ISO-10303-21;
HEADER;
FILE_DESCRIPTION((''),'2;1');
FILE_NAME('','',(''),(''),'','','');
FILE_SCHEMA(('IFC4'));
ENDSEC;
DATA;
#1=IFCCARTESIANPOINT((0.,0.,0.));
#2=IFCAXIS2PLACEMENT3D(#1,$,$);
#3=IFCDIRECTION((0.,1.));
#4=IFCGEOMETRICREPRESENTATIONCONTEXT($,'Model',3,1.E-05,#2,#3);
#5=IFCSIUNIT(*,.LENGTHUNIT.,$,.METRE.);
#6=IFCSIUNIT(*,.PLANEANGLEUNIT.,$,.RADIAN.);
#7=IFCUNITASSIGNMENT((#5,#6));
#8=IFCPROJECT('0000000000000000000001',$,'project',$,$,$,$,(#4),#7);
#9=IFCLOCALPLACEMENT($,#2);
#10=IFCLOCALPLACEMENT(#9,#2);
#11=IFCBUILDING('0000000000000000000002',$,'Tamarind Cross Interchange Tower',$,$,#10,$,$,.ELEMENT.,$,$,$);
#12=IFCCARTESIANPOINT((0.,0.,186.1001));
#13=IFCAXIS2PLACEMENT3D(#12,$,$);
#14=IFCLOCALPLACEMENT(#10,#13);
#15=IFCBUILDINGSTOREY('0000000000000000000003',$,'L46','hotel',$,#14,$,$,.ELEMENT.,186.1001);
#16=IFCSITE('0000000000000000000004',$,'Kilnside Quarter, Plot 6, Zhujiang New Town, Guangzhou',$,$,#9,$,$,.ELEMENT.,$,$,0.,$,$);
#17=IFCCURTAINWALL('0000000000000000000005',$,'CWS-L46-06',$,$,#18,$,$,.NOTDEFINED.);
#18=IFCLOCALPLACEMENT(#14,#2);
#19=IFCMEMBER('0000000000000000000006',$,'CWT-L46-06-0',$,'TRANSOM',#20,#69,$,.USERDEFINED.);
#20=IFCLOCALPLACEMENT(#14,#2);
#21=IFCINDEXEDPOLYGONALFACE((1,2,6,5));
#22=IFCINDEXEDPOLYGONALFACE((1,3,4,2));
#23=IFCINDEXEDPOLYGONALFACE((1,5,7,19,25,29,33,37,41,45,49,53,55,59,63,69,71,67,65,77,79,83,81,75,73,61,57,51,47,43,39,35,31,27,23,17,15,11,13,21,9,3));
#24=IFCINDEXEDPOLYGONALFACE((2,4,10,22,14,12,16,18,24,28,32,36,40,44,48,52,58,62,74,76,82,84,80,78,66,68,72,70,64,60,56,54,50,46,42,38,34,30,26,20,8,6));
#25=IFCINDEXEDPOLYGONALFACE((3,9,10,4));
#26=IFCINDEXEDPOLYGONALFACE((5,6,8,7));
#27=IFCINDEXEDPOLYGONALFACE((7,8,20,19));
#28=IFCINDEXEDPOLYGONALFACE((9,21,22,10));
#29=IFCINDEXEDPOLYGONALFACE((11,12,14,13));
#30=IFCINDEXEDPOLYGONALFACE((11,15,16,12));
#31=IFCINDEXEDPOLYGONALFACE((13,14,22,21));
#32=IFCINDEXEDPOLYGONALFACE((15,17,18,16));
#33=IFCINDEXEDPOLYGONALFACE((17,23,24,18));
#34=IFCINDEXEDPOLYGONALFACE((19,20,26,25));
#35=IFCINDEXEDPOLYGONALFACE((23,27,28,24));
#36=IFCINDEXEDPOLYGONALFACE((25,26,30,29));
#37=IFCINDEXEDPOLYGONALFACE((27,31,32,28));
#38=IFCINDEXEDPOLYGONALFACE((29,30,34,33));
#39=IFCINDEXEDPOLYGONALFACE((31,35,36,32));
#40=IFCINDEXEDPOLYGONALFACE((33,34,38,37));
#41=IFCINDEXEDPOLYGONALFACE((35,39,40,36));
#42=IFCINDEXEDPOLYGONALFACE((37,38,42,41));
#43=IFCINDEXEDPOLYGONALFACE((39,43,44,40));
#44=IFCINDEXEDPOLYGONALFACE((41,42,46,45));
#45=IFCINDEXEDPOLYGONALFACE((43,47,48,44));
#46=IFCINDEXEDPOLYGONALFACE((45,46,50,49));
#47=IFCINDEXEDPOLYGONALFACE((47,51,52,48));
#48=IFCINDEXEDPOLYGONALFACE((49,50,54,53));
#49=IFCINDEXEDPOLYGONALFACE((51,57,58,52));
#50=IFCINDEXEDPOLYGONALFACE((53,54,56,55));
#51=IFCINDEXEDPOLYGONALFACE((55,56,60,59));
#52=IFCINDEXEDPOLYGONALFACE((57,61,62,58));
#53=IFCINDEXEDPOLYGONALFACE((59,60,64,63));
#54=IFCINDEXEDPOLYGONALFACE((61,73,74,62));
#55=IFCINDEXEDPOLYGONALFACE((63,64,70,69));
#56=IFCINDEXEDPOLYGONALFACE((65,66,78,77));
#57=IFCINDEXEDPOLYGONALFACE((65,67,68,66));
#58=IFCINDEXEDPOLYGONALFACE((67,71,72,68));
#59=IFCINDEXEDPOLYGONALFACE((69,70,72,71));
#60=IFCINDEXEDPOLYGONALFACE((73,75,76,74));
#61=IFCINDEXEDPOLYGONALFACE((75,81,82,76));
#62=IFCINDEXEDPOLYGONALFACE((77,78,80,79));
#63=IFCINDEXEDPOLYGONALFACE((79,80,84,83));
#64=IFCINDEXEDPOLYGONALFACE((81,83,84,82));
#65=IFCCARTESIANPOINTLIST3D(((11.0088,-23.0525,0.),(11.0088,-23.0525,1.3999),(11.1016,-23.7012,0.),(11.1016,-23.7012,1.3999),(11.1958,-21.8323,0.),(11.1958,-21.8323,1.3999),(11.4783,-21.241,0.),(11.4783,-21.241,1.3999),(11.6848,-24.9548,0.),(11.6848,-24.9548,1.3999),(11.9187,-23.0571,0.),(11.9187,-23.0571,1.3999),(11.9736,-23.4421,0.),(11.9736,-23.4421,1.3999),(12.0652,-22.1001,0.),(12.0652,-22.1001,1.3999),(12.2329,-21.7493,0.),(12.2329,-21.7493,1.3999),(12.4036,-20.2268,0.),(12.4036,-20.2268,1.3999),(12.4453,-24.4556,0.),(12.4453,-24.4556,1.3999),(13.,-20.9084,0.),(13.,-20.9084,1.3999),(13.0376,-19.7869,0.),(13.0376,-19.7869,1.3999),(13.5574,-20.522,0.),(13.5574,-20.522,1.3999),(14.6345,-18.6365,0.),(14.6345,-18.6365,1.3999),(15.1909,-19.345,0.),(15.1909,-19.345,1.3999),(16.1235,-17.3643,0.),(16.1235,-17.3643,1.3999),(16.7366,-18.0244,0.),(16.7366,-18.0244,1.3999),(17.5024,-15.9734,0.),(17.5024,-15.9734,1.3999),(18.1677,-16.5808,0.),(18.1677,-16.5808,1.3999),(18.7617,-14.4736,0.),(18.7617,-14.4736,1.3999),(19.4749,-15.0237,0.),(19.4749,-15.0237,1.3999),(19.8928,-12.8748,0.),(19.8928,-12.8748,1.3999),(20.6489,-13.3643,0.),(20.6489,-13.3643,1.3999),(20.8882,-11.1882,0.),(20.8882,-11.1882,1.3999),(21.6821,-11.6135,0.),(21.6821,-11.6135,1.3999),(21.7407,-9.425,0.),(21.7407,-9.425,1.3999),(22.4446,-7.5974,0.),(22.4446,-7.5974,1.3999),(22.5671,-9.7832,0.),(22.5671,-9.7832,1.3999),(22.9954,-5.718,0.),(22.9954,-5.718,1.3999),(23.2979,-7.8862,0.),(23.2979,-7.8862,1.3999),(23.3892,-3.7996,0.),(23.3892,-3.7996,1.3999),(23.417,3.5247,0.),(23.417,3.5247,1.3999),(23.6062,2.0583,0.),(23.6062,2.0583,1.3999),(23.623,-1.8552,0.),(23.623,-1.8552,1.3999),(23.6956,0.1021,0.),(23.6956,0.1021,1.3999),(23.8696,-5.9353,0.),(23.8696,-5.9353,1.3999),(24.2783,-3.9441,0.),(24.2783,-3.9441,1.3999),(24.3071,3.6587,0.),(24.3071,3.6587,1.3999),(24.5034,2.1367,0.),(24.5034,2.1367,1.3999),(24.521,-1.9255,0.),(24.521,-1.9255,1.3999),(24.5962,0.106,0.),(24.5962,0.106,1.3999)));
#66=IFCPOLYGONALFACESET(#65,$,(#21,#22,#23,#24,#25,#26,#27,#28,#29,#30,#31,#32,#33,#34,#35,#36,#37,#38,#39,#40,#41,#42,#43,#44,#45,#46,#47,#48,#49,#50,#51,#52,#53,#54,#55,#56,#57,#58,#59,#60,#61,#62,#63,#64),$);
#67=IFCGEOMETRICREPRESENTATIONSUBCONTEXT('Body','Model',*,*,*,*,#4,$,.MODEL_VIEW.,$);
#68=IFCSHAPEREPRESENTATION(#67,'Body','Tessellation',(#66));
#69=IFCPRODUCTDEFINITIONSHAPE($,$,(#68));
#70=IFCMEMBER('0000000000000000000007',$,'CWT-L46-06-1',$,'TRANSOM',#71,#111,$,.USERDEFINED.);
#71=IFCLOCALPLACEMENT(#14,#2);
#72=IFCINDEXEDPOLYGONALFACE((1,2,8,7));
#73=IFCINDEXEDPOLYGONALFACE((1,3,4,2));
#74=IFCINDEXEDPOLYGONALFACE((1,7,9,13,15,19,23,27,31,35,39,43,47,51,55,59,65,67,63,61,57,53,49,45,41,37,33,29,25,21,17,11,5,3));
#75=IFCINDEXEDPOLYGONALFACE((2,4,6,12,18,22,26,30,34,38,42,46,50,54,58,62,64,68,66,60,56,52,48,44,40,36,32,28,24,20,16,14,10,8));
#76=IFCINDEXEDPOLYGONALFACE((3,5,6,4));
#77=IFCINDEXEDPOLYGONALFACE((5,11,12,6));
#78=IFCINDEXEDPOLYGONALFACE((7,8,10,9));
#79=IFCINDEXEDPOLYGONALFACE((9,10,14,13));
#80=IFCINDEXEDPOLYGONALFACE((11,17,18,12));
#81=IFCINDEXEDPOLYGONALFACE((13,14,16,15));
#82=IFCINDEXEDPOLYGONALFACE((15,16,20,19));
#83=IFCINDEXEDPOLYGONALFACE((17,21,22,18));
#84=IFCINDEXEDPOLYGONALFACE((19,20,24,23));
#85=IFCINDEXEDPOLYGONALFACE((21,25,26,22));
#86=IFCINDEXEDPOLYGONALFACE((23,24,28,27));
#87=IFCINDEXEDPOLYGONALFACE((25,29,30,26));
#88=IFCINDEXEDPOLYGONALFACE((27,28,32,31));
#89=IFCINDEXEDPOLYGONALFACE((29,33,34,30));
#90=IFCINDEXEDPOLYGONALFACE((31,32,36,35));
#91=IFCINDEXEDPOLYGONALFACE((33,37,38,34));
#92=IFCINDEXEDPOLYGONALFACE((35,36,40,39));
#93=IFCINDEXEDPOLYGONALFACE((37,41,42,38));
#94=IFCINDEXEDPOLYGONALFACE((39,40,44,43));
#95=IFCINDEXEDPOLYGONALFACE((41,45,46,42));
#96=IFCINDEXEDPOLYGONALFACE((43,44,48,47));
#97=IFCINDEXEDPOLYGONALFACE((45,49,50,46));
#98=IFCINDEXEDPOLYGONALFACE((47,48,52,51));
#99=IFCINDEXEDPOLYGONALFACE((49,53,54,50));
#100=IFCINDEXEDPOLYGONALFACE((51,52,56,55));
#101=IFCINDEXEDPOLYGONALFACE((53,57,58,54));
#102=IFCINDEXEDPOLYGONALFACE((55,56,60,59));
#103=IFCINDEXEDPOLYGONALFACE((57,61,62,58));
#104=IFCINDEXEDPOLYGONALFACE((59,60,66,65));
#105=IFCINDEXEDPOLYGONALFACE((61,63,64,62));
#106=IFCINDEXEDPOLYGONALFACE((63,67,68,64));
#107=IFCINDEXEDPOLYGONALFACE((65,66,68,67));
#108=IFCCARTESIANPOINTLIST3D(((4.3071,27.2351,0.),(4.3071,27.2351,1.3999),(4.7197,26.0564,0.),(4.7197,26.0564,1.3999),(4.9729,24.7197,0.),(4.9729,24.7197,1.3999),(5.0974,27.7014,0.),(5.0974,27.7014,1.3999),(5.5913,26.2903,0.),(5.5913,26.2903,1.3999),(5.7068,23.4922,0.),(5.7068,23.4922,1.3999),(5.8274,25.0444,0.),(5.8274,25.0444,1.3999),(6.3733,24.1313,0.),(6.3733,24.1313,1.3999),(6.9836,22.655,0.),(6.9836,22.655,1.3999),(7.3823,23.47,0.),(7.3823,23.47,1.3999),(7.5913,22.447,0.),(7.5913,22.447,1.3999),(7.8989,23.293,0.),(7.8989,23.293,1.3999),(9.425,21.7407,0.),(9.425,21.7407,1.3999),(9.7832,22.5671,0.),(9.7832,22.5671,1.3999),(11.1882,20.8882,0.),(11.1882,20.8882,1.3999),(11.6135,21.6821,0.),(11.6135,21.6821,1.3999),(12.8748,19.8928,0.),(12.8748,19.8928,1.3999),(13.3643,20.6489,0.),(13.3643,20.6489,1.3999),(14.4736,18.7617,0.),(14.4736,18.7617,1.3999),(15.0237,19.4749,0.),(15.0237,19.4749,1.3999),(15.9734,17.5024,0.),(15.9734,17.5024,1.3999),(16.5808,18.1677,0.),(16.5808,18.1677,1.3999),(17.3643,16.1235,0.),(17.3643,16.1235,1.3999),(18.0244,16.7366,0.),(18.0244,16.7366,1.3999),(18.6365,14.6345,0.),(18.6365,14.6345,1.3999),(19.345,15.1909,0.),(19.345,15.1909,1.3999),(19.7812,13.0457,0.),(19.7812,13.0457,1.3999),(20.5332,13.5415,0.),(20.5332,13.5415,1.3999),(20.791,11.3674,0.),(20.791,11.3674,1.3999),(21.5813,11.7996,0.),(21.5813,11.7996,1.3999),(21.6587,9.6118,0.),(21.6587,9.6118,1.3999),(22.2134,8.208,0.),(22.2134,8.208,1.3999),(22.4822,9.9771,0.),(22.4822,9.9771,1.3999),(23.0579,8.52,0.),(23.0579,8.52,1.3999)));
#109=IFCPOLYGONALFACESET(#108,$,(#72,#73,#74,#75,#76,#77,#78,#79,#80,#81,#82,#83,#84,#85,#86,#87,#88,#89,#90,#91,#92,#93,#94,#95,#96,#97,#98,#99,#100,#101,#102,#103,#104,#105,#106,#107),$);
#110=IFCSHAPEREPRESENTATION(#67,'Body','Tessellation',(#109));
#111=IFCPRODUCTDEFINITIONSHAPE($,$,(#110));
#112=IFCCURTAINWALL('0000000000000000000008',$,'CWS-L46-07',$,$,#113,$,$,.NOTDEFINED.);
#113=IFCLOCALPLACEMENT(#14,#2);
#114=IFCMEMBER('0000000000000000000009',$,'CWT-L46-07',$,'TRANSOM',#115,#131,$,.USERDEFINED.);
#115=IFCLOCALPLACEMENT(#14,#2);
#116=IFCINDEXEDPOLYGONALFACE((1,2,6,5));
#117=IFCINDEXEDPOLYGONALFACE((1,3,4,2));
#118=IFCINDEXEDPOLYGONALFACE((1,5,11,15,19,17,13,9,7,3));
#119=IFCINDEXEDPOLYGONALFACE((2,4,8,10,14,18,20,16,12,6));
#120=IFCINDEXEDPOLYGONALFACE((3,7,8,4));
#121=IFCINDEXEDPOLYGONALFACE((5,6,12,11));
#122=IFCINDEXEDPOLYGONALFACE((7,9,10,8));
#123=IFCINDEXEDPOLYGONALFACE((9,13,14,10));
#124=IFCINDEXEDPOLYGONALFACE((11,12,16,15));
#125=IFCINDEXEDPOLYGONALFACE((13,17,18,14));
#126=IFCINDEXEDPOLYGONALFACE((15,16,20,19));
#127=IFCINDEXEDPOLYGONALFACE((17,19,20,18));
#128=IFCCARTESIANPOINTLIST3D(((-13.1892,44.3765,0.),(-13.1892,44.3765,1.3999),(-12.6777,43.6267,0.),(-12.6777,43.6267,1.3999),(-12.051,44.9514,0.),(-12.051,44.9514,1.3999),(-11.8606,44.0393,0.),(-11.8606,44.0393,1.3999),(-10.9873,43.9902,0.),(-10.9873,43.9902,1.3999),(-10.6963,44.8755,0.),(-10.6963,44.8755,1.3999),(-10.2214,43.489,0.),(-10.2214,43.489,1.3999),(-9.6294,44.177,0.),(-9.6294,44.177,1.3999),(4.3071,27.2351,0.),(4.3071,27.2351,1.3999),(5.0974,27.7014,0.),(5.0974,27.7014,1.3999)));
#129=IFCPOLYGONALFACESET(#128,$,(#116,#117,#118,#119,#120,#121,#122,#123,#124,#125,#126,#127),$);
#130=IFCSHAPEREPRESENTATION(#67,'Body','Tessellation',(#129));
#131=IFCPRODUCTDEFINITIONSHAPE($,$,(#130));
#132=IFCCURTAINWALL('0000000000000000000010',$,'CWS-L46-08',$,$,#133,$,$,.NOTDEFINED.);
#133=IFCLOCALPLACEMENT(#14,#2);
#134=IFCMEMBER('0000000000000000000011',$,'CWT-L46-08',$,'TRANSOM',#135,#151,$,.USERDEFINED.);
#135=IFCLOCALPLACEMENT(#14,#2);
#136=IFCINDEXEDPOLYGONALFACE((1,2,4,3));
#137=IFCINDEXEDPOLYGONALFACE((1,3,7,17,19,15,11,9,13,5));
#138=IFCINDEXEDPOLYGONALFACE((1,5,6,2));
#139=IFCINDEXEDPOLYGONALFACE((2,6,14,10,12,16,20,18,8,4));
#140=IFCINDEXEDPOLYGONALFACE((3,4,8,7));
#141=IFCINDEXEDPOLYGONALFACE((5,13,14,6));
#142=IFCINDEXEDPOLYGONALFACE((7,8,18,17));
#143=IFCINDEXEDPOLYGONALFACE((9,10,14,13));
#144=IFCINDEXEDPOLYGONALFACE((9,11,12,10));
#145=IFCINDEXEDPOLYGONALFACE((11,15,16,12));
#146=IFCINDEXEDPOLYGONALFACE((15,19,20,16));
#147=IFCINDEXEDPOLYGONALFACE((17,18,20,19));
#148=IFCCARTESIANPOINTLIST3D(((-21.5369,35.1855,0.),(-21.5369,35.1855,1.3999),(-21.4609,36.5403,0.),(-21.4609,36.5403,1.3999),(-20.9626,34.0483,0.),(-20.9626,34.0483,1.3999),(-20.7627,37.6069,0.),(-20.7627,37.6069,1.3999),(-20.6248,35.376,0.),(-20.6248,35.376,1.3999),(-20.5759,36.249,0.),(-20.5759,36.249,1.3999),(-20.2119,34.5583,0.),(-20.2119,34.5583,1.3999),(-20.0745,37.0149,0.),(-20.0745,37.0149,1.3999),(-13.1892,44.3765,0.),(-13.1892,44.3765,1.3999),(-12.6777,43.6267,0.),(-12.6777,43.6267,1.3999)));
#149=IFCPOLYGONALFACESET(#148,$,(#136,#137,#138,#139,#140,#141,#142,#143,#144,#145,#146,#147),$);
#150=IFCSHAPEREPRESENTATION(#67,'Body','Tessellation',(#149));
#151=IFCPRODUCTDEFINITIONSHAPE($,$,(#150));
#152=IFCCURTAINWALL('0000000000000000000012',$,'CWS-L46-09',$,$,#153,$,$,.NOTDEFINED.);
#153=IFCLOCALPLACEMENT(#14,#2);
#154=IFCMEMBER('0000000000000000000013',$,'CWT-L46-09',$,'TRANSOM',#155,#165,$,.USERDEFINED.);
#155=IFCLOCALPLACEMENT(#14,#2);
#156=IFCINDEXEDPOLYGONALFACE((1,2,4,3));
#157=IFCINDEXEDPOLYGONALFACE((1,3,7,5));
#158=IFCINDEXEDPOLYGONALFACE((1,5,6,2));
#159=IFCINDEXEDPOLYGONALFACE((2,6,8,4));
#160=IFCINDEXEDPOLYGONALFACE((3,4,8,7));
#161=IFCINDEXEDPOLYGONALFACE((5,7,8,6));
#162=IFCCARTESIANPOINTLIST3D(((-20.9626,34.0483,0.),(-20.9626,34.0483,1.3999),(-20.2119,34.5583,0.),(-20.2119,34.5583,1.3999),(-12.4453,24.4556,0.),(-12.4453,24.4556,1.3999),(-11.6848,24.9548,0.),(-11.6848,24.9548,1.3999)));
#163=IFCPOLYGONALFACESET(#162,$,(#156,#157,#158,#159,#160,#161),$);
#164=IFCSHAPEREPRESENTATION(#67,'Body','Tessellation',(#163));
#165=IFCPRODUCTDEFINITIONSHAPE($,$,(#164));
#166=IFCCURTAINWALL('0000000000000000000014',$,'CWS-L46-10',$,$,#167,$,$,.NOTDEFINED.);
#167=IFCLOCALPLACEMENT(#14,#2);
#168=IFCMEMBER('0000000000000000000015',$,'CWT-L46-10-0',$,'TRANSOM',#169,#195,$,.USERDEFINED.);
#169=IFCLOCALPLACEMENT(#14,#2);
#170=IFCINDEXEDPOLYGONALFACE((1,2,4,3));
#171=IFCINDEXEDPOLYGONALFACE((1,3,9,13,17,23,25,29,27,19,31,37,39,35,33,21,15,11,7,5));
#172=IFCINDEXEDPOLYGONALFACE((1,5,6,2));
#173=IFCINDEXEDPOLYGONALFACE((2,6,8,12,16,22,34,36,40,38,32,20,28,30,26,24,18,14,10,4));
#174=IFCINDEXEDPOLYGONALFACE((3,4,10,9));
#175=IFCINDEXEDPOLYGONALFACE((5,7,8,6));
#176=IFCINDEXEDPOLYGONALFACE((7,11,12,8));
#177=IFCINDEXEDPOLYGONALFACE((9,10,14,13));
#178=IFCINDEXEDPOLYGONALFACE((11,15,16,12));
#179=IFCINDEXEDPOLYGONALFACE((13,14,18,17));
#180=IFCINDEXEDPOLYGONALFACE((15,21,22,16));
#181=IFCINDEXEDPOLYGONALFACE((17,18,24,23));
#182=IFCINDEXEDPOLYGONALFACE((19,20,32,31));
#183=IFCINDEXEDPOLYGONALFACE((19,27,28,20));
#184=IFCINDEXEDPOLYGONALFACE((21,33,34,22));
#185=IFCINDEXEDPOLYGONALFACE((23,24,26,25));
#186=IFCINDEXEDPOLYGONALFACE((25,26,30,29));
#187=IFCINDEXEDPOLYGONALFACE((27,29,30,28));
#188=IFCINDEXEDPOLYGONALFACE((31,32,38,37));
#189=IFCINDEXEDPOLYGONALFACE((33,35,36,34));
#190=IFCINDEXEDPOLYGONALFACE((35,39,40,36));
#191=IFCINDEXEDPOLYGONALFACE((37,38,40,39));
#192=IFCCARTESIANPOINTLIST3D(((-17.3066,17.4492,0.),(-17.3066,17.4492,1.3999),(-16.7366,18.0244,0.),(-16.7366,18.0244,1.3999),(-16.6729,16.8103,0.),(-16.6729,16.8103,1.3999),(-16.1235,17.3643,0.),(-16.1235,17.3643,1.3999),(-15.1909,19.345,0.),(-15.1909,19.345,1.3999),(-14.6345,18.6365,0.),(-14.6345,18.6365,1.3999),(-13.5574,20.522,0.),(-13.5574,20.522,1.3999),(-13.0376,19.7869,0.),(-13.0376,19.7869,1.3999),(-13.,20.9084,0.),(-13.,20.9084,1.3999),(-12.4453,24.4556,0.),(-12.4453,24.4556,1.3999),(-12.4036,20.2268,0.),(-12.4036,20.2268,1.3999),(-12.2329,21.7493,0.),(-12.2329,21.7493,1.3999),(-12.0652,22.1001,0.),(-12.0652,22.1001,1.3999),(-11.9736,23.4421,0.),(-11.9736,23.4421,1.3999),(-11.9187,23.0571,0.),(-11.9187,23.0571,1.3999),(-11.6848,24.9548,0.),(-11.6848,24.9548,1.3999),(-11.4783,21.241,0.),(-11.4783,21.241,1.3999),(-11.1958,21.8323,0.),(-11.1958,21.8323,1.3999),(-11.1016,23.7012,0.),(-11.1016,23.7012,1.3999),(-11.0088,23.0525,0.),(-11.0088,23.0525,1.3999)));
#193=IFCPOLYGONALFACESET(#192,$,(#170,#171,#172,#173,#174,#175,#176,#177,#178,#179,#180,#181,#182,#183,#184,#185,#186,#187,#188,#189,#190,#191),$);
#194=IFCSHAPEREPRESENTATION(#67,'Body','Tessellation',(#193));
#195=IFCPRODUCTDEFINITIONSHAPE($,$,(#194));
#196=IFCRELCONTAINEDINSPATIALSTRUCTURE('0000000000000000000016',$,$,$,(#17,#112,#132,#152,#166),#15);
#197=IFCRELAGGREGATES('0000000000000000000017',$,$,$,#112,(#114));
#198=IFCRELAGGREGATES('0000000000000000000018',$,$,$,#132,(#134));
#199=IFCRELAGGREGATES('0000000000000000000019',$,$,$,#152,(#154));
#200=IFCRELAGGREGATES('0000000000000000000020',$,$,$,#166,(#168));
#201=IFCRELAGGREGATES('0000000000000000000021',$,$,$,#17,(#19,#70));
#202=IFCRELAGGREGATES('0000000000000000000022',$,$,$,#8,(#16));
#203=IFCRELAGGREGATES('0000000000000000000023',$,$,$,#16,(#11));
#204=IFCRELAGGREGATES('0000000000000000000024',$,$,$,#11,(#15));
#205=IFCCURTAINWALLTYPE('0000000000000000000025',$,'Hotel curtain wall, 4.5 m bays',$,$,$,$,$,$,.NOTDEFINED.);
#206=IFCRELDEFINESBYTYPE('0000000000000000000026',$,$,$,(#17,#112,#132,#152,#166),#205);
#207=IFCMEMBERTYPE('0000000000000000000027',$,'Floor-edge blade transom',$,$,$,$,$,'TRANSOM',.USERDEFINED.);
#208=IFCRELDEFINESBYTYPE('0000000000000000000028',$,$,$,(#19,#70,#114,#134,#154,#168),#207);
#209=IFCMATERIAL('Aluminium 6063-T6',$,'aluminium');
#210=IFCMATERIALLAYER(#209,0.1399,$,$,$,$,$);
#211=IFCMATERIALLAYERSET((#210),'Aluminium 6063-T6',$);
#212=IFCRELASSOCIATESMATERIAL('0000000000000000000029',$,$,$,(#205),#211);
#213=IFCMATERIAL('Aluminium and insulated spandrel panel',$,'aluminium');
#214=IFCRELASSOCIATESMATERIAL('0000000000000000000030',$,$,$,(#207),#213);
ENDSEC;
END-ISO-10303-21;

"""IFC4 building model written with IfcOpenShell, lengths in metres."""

from ifc_helpers import new_model, si_unit, direction, frame, origin, place, context, subcontext, project, spatial, polyline, outline, extrude, material, layer, layer_set, type_object, element, aggregate, save


model = new_model("IFC4")

# Units and contexts
model_context = context("Model", 3, precision=1e-05, world=origin(), true_north=direction((0.0, 1.0)))
body_context = subcontext(model_context, "Body", "Model", "MODEL_VIEW")
ifc_project = project(units=[si_unit("LENGTHUNIT", "METRE"), si_unit("PLANEANGLEUNIT", "RADIAN")], contexts=[model_context])

# Site, building, storey
site_placement = place(None, origin())
site = spatial("IfcSite", under=ifc_project, at=site_placement, Name="Kilnside Quarter, Plot 6, Zhujiang New Town, Guangzhou", CompositionType="ELEMENT", RefElevation=0.0)
building_placement = place(site_placement, origin())
building = spatial("IfcBuilding", under=site, at=building_placement, Name="Tamarind Cross Interchange Tower", CompositionType="ELEMENT")
storey_placement = place(building_placement, frame((0.0, 0.0, 186.1001)))
storey = spatial("IfcBuildingStorey", under=building, at=storey_placement, Name="L46", Description="hotel", CompositionType="ELEMENT", Elevation=186.1001)

# Curtain wall, members
ifc_material_1 = material(Name="Aluminium 6063-T6", Category="aluminium")
ifc_layer_1 = layer(ifc_material_1, 0.1399)
ifc_layer_set_1 = layer_set([ifc_layer_1], Name="Aluminium 6063-T6")
curtain_wall_type = type_object("IfcCurtainWallType", Name="Hotel curtain wall, 4.5 m bays", PredefinedType="NOTDEFINED", material=ifc_layer_set_1)
curtain_wall_1_placement = place(storey_placement, origin())
curtain_wall_1 = element("IfcCurtainWall", 1, at=curtain_wall_1_placement, inside=storey, type_object=curtain_wall_type, Name="CWS-L46-06", PredefinedType="NOTDEFINED")
ifc_material_2 = material(Name="Aluminium and insulated spandrel panel", Category="aluminium")
member_type = type_object("IfcMemberType", Name="Floor-edge blade transom", ElementType="TRANSOM", PredefinedType="USERDEFINED", material=ifc_material_2)
member_1_placement = place(storey_placement, origin())
member_1 = element("IfcMember", 2, at=member_1_placement, type_object=member_type, Name="CWT-L46-06-0", ObjectType="TRANSOM", PredefinedType="USERDEFINED", context=body_context, shape_type="SweptSolid", body=[
    extrude(outline(polyline([(11.6848, -24.9548), (11.1016, -23.7012), (11.0088, -23.0525), (11.1958, -21.8323), (11.4783, -21.241), (12.4036, -20.2268), (13.0376, -19.7869), (14.6345, -18.6365), (16.1235, -17.3643), (17.5024, -15.9734), (18.7617, -14.4736), (19.8928, -12.8748), (20.8882, -11.1882), (21.7407, -9.425), (22.4446, -7.5974), (22.9954, -5.718), (23.3892, -3.7996), (23.623, -1.8552), (23.6956, 0.1021), (23.6062, 2.0583), (23.417, 3.5247), (24.3071, 3.6587), (24.5034, 2.1367), (24.5962, 0.106), (24.521, -1.9255), (24.2783, -3.9441), (23.8696, -5.9353), (23.2979, -7.8862), (22.5671, -9.7832), (21.6821, -11.6135), (20.6489, -13.3643), (19.4749, -15.0237), (18.1677, -16.5808), (16.7366, -18.0244), (15.1909, -19.345), (13.5574, -20.522), (13.0, -20.9084), (12.2329, -21.7493), (12.0652, -22.1001), (11.9187, -23.0571), (11.9736, -23.4421), (12.4453, -24.4556), (11.6848, -24.9548)])), origin(), (0.0, 0.0, 1.0), 1.3999),
])
member_2_placement = place(storey_placement, origin())
member_2 = element("IfcMember", 3, at=member_2_placement, type_object=member_type, Name="CWT-L46-06-1", ObjectType="TRANSOM", PredefinedType="USERDEFINED", context=body_context, shape_type="SweptSolid", body=[
    extrude(outline(polyline([(22.2134, 8.208), (21.6587, 9.6118), (20.791, 11.3674), (19.7812, 13.0457), (18.6365, 14.6345), (17.3643, 16.1235), (15.9734, 17.5024), (14.4736, 18.7617), (12.8748, 19.8928), (11.1882, 20.8882), (9.425, 21.7407), (7.5913, 22.447), (6.9836, 22.655), (5.7068, 23.4922), (4.9729, 24.7197), (4.7197, 26.0564), (4.3071, 27.2351), (5.0974, 27.7014), (5.5913, 26.2903), (5.8274, 25.0444), (6.3733, 24.1313), (7.3823, 23.47), (7.8989, 23.293), (9.7832, 22.5671), (11.6135, 21.6821), (13.3643, 20.6489), (15.0237, 19.4749), (16.5808, 18.1677), (18.0244, 16.7366), (19.345, 15.1909), (20.5332, 13.5415), (21.5813, 11.7996), (22.4822, 9.9771), (23.0579, 8.52), (22.2134, 8.208)])), origin(), (0.0, 0.0, 1.0), 1.3999),
])

# Curtain walls, members
curtain_wall_2_placement = place(storey_placement, origin())
curtain_wall_2 = element("IfcCurtainWall", 4, at=curtain_wall_2_placement, inside=storey, type_object=curtain_wall_type, Name="CWS-L46-07", PredefinedType="NOTDEFINED")
member_3_placement = place(storey_placement, origin())
member_3 = element("IfcMember", 5, at=member_3_placement, type_object=member_type, Name="CWT-L46-07", ObjectType="TRANSOM", PredefinedType="USERDEFINED", context=body_context, shape_type="SweptSolid", body=[
    extrude(outline(polyline([(4.3071, 27.2351), (-10.2214, 43.489), (-10.9873, 43.9902), (-11.8606, 44.0393), (-12.6777, 43.6267), (-13.1892, 44.3765), (-12.051, 44.9514), (-10.6963, 44.8755), (-9.6294, 44.177), (5.0974, 27.7014), (4.3071, 27.2351)])), origin(), (0.0, 0.0, 1.0), 1.3999),
])
aggregate(curtain_wall_2, [member_3])
curtain_wall_3_placement = place(storey_placement, origin())
curtain_wall_3 = element("IfcCurtainWall", 6, at=curtain_wall_3_placement, inside=storey, type_object=curtain_wall_type, Name="CWS-L46-08", PredefinedType="NOTDEFINED")
member_4_placement = place(storey_placement, origin())
member_4 = element("IfcMember", 7, at=member_4_placement, type_object=member_type, Name="CWT-L46-08", ObjectType="TRANSOM", PredefinedType="USERDEFINED", context=body_context, shape_type="SweptSolid", body=[
    extrude(outline(polyline([(-12.6777, 43.6267), (-20.0745, 37.0149), (-20.5759, 36.249), (-20.6248, 35.376), (-20.2119, 34.5583), (-20.9626, 34.0483), (-21.5369, 35.1855), (-21.4609, 36.5403), (-20.7627, 37.6069), (-13.1892, 44.3765), (-12.6777, 43.6267)])), origin(), (0.0, 0.0, 1.0), 1.3999),
])
aggregate(curtain_wall_3, [member_4])
curtain_wall_4_placement = place(storey_placement, origin())
curtain_wall_4 = element("IfcCurtainWall", 8, at=curtain_wall_4_placement, inside=storey, type_object=curtain_wall_type, Name="CWS-L46-09", PredefinedType="NOTDEFINED")
member_5_placement = place(storey_placement, origin())
member_5 = element("IfcMember", 9, at=member_5_placement, type_object=member_type, Name="CWT-L46-09", ObjectType="TRANSOM", PredefinedType="USERDEFINED", context=body_context, shape_type="SweptSolid", body=[
    extrude(outline(polyline([(-20.2119, 34.5583), (-11.6848, 24.9548), (-12.4453, 24.4556), (-20.9626, 34.0483), (-20.2119, 34.5583)])), origin(), (0.0, 0.0, 1.0), 1.3999),
])
aggregate(curtain_wall_4, [member_5])

# Curtain wall, member
curtain_wall_5_placement = place(storey_placement, origin())
curtain_wall_5 = element("IfcCurtainWall", 10, at=curtain_wall_5_placement, inside=storey, type_object=curtain_wall_type, Name="CWS-L46-10", PredefinedType="NOTDEFINED")
member_6_placement = place(storey_placement, origin())
member_6 = element("IfcMember", 11, at=member_6_placement, type_object=member_type, Name="CWT-L46-10-0", ObjectType="TRANSOM", PredefinedType="USERDEFINED", context=body_context, shape_type="SweptSolid", body=[
    extrude(outline(polyline([(-11.6848, 24.9548), (-11.1016, 23.7012), (-11.0088, 23.0525), (-11.1958, 21.8323), (-11.4783, 21.241), (-12.4036, 20.2268), (-13.0376, 19.7869), (-14.6345, 18.6365), (-16.1235, 17.3643), (-16.6729, 16.8103), (-17.3066, 17.4492), (-16.7366, 18.0244), (-15.1909, 19.345), (-13.5574, 20.522), (-13.0, 20.9084), (-12.2329, 21.7493), (-12.0652, 22.1001), (-11.9187, 23.0571), (-11.9736, 23.4421), (-12.4453, 24.4556), (-11.6848, 24.9548)])), origin(), (0.0, 0.0, 1.0), 1.3999),
])
aggregate(curtain_wall_5, [member_6])

aggregate(curtain_wall_1, [member_1, member_2])

save(model, "model.ifc")
